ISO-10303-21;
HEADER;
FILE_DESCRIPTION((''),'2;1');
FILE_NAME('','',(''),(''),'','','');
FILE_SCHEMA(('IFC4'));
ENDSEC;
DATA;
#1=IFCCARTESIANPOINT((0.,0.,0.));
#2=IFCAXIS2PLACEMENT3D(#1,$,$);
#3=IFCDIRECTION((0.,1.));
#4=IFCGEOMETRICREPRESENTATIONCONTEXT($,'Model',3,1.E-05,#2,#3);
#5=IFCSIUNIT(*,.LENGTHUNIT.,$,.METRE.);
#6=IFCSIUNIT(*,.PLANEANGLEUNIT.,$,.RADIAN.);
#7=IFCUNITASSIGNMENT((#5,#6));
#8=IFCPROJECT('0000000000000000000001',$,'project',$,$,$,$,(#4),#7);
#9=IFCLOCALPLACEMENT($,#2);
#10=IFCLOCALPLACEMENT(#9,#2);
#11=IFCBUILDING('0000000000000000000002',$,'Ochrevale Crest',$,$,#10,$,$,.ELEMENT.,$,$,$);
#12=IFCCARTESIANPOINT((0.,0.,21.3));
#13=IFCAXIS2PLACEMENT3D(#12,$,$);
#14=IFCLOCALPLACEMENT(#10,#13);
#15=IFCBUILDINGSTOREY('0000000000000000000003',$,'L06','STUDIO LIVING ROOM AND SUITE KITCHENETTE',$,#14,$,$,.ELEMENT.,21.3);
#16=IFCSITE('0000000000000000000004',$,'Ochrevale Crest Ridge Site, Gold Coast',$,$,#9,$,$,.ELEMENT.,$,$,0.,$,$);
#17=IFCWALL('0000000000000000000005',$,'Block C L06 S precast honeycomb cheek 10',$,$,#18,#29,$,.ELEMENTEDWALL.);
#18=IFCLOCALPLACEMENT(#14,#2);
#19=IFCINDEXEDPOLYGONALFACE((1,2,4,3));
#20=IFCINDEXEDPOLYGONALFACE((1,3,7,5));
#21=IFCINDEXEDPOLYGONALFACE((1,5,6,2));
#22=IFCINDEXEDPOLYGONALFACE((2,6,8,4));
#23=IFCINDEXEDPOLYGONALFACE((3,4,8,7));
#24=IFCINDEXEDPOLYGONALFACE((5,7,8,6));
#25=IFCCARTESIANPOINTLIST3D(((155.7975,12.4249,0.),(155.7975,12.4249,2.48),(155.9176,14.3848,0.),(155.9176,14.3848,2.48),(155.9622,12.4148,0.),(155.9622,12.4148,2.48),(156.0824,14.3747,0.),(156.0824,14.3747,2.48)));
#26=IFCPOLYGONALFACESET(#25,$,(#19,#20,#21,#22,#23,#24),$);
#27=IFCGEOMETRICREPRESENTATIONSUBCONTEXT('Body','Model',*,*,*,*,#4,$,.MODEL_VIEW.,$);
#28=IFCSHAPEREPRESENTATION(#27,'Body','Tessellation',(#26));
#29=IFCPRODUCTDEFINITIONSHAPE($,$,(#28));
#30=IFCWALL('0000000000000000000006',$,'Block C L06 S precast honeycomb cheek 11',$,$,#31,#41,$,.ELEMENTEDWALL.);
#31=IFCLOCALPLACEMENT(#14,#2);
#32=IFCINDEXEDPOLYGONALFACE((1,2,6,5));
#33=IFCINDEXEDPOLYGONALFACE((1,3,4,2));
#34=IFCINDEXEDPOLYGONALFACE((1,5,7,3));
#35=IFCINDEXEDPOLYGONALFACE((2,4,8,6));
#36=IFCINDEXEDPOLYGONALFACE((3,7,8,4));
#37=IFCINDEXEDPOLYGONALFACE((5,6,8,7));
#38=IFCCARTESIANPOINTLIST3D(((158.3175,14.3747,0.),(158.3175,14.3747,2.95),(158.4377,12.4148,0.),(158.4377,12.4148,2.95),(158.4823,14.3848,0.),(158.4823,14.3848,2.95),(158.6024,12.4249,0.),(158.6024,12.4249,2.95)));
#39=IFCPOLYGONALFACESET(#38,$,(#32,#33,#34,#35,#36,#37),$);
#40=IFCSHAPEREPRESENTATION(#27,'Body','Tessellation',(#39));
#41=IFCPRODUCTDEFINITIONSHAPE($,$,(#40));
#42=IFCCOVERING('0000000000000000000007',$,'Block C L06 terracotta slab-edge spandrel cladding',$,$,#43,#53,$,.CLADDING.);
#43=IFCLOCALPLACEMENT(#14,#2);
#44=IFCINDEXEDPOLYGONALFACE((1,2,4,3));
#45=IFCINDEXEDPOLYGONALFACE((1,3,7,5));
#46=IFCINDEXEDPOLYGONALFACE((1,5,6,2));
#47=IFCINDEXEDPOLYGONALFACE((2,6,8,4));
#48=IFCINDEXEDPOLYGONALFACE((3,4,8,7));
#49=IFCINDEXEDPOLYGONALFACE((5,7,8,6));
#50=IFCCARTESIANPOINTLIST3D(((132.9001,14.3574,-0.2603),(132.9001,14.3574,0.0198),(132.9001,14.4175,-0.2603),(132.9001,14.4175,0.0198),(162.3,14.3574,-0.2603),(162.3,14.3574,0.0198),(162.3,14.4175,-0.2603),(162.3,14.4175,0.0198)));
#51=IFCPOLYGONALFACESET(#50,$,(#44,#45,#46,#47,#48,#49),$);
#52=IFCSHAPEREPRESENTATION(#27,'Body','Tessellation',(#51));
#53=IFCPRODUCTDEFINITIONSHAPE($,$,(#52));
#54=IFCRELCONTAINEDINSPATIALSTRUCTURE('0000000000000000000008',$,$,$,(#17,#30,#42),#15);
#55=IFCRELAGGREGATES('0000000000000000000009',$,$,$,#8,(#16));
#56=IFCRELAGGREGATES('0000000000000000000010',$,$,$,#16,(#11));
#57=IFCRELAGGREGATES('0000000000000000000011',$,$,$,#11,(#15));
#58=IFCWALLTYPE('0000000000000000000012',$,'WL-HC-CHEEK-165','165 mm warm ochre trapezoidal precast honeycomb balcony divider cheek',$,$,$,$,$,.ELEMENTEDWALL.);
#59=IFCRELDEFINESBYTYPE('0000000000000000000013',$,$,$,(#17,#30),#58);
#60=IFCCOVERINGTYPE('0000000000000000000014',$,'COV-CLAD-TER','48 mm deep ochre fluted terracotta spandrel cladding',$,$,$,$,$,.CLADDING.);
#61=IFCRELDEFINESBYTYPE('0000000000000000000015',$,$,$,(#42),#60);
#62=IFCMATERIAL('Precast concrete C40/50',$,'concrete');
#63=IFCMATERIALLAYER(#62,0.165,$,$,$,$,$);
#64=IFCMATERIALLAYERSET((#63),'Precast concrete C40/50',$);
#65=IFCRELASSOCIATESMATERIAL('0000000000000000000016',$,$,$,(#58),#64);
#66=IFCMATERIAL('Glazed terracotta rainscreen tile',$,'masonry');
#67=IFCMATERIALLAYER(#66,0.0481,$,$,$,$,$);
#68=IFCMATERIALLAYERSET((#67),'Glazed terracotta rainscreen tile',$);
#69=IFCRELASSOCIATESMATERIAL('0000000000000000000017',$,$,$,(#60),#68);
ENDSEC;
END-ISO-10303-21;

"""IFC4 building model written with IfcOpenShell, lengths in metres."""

from ifc_helpers import new_model, si_unit, direction, frame, frame_2d, origin, origin_2d, place, context, subcontext, project, spatial, rectangle, extrude, material, layer, layer_set, type_object, element, save


model = new_model("IFC4")

# Units and contexts
model_context = context("Model", 3, precision=1e-05, world=origin(), true_north=direction((0.0, 1.0)))
body_context = subcontext(model_context, "Body", "Model", "MODEL_VIEW")
ifc_project = project(units=[si_unit("LENGTHUNIT", "METRE"), si_unit("PLANEANGLEUNIT", "RADIAN")], contexts=[model_context])

# Site, building, storey
site_placement = place(None, origin())
site = spatial("IfcSite", under=ifc_project, at=site_placement, Name="Ochrevale Crest Ridge Site, Gold Coast", CompositionType="ELEMENT", RefElevation=0.0)
building_placement = place(site_placement, origin())
building = spatial("IfcBuilding", under=site, at=building_placement, Name="Ochrevale Crest", CompositionType="ELEMENT")
storey_placement = place(building_placement, frame((0.0, 0.0, 21.3)))
storey = spatial("IfcBuildingStorey", under=building, at=storey_placement, Name="L06", Description="STUDIO LIVING ROOM AND SUITE KITCHENETTE", CompositionType="ELEMENT", Elevation=21.3)

# Shared definitions
ifc_material_1 = material(Name="Precast concrete C40/50", Category="concrete")

# Walls
ifc_layer_1 = layer(ifc_material_1, 0.165)
ifc_layer_set_1 = layer_set([ifc_layer_1], Name="Precast concrete C40/50")
wall_type = type_object("IfcWallType", Name="WL-HC-CHEEK-165", Description="165 mm warm ochre trapezoidal precast honeycomb balcony divider cheek", PredefinedType="ELEMENTEDWALL", material=ifc_layer_set_1)
for number, where, z_axis, x_axis, name in (
    (1, (156.0, 14.3799, 0.0), (0.0, 0.0, 1.0), (-0.061171, -0.998127, 0.0), "Block C L06 S precast honeycomb cheek 10"),
):
    element("IfcWall", number, at=place(storey_placement, frame(where, z_axis=z_axis, x_axis=x_axis)), inside=storey, type_object=wall_type, Name=name, PredefinedType="ELEMENTEDWALL", context=body_context, shape_type="SweptSolid", body=[
        extrude(rectangle(XDim=1.9636, YDim=0.165, at=frame_2d((0.9819, 0.0))), origin(), (0.0, 0.0, 1.0), 2.48),
    ])
wall_1_placement = place(storey_placement, frame((158.3999, 14.3799, 0.0), z_axis=(0.0, 0.0, 1.0), x_axis=(0.061171, -0.998127, 0.0)))
element("IfcWall", 2, at=wall_1_placement, inside=storey, type_object=wall_type, Name="Block C L06 S precast honeycomb cheek 11", PredefinedType="ELEMENTEDWALL", context=body_context, shape_type="SweptSolid", body=[
    extrude(rectangle(XDim=1.9636, YDim=0.165, at=frame_2d((0.9819, 0.0))), origin(), (0.0, 0.0, 1.0), 2.95),
])

# Covering
ifc_material_2 = material(Name="Glazed terracotta rainscreen tile", Category="masonry")
ifc_layer_2 = layer(ifc_material_2, 0.0481)
ifc_layer_set_2 = layer_set([ifc_layer_2], Name="Glazed terracotta rainscreen tile")
covering_type = type_object("IfcCoveringType", Name="COV-CLAD-TER", Description="48 mm deep ochre fluted terracotta spandrel cladding", PredefinedType="CLADDING", material=ifc_layer_set_2)
covering_placement = place(storey_placement, frame((147.6001, 14.3875, -0.2603), z_axis=(0.0, 0.0, 1.0), x_axis=(1.0, 0.0, 0.0)))
element("IfcCovering", 3, at=covering_placement, inside=storey, type_object=covering_type, Name="Block C L06 terracotta slab-edge spandrel cladding", PredefinedType="CLADDING", context=body_context, shape_type="SweptSolid", body=[
    extrude(rectangle(XDim=29.3999, YDim=0.0601, at=origin_2d()), origin(), (0.0, 0.0, 1.0), 0.28),
])

save(model, "model.ifc")
